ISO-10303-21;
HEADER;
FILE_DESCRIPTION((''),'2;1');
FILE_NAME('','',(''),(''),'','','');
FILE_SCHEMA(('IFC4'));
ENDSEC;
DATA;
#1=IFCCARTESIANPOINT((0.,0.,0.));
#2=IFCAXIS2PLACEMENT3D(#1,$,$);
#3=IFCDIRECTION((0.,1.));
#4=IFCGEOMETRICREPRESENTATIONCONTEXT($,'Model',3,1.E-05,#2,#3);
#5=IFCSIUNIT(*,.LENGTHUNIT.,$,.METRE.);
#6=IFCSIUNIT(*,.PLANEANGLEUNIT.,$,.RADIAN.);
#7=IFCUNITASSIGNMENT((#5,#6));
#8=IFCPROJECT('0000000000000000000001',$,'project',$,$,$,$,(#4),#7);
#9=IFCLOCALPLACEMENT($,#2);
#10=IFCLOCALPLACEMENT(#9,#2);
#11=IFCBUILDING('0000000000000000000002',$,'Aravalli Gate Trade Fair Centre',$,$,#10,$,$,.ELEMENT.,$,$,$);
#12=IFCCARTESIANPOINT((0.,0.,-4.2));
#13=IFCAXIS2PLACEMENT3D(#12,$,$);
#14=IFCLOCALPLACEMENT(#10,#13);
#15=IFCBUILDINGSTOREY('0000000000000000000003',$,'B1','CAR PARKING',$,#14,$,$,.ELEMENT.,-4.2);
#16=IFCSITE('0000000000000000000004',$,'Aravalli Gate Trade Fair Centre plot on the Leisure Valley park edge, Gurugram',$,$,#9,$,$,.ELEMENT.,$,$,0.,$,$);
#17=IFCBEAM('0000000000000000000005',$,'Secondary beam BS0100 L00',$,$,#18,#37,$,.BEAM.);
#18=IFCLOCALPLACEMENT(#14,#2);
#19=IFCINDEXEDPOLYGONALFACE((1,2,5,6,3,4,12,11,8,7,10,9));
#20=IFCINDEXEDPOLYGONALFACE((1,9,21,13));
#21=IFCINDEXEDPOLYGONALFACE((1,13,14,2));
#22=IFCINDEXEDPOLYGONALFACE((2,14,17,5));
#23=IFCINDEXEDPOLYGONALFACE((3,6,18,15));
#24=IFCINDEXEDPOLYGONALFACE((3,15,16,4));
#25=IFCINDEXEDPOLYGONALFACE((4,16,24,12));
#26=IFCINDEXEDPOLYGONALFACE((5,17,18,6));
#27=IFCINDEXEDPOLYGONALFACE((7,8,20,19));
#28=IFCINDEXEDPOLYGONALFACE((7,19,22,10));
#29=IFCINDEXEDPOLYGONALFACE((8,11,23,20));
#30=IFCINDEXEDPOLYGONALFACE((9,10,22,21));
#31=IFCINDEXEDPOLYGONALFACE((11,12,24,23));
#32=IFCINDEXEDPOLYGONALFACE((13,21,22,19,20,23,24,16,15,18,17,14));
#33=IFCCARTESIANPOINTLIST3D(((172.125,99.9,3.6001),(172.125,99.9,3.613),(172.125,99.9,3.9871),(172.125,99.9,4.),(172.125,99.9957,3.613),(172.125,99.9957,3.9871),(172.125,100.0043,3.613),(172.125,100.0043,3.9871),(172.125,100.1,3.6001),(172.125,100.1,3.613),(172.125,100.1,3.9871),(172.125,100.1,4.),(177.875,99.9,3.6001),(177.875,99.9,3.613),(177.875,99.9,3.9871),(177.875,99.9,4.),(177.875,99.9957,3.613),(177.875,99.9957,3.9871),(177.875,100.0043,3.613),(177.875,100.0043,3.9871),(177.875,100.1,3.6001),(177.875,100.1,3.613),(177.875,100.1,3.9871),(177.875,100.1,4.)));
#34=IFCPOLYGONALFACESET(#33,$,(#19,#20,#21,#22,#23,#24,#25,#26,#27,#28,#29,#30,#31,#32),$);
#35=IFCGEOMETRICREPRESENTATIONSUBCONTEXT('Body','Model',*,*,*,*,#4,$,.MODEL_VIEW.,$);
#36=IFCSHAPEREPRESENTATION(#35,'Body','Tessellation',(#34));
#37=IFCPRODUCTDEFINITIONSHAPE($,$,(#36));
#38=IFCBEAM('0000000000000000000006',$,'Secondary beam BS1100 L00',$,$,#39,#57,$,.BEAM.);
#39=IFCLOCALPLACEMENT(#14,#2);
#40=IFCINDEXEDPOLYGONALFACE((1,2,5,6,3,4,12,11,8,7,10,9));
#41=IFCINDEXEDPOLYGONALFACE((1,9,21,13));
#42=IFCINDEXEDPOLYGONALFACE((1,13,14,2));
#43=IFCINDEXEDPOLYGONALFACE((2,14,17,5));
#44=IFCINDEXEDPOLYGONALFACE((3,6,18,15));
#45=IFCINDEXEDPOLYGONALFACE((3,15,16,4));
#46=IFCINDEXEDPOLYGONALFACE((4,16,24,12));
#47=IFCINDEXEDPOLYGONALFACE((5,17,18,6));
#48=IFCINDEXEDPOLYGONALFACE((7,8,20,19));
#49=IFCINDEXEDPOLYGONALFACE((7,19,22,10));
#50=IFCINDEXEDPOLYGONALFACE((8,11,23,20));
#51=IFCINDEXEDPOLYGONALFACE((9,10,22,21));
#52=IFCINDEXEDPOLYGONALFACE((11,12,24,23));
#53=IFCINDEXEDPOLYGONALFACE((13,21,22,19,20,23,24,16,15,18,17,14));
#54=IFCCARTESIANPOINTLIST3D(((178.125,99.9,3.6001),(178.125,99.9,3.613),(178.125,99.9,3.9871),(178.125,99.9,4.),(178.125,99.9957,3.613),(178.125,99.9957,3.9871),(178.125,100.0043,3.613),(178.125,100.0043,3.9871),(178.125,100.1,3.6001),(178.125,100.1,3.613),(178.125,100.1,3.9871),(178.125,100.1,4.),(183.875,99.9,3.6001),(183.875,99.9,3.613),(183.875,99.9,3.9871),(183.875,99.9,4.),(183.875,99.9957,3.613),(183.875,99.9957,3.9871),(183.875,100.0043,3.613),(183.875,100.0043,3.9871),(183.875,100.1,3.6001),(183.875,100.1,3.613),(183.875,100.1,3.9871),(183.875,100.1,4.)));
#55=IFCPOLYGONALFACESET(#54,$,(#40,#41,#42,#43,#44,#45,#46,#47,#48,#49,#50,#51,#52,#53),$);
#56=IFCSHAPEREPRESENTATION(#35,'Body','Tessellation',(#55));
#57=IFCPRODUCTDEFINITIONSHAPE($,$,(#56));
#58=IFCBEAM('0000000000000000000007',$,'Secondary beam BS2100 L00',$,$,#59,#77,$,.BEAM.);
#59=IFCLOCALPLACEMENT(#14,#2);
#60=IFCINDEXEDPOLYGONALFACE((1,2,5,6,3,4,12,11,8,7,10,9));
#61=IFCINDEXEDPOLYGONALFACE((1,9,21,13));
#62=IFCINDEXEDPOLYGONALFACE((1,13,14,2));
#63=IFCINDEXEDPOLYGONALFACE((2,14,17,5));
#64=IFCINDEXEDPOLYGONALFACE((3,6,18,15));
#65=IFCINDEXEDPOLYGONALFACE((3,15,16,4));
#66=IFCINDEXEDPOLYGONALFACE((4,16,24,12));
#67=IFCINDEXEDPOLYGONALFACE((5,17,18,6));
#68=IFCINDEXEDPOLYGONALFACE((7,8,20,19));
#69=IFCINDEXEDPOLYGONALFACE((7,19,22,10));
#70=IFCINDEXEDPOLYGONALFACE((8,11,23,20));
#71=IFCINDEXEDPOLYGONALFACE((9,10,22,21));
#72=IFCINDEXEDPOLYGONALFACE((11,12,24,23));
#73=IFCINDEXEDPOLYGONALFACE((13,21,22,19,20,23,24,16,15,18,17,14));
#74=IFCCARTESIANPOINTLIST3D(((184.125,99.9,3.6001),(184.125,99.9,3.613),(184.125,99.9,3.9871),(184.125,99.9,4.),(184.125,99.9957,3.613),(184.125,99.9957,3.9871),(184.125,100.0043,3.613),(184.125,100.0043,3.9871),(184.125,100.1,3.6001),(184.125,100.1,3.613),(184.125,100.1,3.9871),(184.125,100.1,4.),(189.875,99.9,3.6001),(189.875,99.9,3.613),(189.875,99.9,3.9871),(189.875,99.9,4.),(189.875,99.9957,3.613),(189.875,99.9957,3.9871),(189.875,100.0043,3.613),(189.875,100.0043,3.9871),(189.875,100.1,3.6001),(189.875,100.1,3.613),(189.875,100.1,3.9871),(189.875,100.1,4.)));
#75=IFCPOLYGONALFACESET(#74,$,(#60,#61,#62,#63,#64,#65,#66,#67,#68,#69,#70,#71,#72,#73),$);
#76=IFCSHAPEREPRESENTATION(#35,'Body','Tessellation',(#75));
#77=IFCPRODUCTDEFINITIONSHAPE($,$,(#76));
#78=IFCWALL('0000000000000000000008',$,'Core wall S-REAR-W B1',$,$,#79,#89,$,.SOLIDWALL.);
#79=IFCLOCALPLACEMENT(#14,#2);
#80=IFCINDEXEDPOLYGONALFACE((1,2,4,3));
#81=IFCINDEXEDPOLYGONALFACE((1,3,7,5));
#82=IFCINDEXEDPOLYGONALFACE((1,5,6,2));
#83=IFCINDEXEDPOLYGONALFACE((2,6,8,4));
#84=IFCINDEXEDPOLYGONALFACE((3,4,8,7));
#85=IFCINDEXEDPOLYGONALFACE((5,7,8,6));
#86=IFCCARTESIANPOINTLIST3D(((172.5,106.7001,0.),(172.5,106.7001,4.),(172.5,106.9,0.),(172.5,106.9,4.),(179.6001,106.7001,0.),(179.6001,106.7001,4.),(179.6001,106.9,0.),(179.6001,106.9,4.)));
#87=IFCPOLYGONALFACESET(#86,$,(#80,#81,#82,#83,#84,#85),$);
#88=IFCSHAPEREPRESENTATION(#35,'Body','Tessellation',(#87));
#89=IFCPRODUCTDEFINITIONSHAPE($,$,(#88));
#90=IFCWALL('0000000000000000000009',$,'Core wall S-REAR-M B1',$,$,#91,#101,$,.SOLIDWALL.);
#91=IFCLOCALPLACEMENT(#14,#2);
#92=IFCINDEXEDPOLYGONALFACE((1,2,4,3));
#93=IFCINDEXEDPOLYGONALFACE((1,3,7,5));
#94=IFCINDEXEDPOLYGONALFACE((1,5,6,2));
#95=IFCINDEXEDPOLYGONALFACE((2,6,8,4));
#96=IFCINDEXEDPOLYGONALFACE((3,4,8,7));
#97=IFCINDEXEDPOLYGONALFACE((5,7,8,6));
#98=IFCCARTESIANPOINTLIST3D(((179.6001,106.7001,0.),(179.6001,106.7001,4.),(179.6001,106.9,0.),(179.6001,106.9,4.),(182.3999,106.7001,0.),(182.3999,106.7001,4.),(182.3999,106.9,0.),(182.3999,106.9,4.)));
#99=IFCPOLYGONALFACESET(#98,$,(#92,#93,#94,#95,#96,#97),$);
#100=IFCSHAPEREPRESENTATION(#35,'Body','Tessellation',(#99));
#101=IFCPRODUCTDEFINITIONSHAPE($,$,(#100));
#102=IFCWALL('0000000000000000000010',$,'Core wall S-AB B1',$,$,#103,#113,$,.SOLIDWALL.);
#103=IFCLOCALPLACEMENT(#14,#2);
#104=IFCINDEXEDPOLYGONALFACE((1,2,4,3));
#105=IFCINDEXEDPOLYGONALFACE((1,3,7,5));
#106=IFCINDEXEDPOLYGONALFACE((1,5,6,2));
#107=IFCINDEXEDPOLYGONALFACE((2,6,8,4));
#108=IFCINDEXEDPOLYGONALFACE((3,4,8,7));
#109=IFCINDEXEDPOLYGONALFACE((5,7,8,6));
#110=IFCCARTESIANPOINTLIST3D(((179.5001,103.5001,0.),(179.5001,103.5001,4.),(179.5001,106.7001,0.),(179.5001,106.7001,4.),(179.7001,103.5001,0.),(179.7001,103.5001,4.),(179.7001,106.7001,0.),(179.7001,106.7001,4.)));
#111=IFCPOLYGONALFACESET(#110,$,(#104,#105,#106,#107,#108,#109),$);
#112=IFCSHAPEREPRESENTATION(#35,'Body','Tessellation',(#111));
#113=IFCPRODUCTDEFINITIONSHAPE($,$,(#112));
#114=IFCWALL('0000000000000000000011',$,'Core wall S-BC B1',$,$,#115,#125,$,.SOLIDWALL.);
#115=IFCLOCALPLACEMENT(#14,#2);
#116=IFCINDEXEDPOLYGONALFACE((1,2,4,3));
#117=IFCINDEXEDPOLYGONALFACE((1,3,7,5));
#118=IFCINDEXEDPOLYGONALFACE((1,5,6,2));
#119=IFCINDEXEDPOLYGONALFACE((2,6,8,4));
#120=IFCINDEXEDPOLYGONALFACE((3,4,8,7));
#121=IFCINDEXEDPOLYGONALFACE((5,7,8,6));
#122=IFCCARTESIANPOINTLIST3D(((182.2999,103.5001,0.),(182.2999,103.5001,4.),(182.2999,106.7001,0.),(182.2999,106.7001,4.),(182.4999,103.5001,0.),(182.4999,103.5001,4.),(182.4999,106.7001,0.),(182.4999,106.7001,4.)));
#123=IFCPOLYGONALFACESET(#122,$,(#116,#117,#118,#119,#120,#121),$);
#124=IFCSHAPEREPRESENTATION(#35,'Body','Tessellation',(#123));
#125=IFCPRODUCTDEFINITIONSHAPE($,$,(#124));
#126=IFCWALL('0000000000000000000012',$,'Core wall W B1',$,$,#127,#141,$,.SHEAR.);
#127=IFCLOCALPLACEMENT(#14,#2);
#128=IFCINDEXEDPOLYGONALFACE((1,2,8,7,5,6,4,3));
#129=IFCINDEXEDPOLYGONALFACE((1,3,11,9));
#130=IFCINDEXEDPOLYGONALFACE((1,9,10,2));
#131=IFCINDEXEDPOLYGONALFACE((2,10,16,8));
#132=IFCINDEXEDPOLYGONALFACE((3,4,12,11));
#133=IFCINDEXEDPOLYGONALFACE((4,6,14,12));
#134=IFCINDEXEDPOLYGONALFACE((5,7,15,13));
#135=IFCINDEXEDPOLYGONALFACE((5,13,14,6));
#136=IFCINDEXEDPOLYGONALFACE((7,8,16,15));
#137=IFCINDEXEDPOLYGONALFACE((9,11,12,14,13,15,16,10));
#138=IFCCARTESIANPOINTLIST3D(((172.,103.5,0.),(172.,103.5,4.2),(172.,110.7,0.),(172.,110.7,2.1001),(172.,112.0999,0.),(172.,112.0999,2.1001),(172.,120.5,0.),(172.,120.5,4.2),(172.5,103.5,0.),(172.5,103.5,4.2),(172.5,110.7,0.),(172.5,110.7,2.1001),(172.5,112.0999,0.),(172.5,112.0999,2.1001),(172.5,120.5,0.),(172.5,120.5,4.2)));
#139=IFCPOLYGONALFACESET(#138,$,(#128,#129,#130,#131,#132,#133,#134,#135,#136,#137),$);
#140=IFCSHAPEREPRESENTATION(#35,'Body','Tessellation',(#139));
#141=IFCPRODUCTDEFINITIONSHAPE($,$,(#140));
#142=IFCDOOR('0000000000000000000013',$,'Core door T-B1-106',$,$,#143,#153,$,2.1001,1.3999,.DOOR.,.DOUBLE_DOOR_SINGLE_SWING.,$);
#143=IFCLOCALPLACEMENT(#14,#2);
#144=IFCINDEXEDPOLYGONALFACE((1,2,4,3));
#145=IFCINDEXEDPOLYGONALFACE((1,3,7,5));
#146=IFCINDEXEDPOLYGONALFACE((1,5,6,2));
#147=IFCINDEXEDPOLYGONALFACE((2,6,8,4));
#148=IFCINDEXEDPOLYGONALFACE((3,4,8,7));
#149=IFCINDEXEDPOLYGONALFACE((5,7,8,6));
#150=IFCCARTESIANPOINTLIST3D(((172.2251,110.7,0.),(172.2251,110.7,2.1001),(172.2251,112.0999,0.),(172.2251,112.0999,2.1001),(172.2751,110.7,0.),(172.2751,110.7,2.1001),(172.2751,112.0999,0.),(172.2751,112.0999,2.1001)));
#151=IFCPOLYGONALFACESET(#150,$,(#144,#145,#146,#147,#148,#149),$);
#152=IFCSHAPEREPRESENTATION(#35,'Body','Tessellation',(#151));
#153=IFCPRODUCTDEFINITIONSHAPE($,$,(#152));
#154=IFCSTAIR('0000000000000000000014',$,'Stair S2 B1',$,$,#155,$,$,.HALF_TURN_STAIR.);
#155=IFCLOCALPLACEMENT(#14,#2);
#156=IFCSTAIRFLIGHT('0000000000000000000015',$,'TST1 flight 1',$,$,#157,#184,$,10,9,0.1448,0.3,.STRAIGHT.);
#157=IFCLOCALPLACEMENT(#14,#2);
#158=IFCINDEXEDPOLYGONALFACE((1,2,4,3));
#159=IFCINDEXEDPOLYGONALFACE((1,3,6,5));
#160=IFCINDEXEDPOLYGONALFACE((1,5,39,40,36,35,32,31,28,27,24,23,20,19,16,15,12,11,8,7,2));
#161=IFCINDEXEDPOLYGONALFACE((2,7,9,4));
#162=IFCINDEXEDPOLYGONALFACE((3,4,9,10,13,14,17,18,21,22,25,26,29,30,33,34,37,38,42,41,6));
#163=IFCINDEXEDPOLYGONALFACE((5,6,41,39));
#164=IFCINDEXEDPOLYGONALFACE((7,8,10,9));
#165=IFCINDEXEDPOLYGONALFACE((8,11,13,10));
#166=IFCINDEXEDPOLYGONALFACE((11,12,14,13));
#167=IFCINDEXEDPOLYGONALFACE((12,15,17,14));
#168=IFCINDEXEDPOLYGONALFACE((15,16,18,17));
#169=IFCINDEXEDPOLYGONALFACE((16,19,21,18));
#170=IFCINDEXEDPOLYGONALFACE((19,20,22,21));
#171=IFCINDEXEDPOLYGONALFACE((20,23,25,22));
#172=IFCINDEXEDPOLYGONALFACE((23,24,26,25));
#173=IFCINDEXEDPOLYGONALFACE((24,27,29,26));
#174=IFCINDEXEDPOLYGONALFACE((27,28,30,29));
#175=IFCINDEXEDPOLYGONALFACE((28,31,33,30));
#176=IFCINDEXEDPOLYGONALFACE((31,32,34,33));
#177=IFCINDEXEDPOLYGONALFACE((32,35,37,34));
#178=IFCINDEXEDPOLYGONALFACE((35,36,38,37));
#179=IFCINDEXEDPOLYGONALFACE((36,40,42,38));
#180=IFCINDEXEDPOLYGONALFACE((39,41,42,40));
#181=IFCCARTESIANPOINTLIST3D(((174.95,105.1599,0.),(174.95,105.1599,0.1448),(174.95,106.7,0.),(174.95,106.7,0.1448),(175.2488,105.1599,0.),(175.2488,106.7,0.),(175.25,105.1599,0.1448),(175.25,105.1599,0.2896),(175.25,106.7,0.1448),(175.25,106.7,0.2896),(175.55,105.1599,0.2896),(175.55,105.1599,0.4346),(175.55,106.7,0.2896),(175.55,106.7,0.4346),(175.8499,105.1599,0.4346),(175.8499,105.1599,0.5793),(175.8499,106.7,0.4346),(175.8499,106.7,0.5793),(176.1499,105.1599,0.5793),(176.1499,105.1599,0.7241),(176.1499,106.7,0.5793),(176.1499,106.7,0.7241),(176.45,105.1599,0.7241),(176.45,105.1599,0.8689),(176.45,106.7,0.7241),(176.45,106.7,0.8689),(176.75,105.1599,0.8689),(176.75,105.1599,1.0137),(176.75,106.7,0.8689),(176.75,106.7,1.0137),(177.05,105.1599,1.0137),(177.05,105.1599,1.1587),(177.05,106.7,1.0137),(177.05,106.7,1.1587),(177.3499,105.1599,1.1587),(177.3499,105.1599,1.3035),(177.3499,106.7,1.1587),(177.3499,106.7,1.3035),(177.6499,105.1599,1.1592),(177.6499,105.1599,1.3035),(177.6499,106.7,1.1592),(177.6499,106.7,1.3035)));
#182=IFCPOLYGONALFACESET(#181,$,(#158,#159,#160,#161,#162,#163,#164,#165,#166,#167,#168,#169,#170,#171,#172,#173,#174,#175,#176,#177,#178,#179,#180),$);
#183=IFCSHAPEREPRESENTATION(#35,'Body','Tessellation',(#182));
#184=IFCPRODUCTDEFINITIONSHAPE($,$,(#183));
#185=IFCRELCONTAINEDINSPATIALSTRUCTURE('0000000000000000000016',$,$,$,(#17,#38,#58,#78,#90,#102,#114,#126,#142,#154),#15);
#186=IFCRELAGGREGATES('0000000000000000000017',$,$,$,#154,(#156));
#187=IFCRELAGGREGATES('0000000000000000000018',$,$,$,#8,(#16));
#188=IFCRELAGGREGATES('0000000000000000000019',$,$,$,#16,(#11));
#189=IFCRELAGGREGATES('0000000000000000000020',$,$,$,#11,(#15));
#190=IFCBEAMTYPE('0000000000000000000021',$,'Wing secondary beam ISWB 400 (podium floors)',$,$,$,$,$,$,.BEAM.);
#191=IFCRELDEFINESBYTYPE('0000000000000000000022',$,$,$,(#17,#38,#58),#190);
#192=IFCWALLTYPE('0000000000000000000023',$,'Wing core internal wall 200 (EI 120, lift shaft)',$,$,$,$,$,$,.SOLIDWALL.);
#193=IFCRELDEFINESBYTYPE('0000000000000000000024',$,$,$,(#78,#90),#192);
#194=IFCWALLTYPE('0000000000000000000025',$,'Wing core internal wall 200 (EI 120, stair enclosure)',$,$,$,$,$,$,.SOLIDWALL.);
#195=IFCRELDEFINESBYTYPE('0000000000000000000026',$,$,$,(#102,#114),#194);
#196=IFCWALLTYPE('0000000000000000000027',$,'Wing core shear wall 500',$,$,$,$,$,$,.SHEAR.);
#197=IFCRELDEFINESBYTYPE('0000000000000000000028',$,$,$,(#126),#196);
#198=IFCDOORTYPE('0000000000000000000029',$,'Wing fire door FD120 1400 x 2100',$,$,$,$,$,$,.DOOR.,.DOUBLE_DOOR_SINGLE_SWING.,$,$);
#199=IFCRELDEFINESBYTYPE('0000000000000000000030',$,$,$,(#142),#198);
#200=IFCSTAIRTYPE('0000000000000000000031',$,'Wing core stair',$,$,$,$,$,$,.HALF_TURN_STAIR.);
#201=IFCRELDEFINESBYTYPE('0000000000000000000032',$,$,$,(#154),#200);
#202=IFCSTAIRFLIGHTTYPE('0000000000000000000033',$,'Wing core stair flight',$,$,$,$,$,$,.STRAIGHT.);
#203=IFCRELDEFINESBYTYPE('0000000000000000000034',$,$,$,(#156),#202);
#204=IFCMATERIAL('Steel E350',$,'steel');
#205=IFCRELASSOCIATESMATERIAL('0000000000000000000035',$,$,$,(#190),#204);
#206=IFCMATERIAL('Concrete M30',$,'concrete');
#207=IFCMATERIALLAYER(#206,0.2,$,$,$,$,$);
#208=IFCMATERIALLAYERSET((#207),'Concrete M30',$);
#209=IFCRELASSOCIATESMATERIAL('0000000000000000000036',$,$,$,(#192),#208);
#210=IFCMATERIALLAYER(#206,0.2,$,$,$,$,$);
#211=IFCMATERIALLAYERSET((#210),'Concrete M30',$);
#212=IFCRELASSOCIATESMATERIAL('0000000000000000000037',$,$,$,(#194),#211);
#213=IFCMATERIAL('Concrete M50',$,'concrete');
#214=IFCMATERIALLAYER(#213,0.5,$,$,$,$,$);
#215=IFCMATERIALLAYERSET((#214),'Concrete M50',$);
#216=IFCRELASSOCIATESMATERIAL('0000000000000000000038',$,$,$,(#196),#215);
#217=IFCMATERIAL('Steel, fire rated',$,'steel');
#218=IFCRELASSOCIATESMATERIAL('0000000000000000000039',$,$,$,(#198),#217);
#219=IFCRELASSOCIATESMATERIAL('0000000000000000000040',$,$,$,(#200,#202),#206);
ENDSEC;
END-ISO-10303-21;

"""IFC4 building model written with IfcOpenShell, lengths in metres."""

from ifc_helpers import new_model, si_unit, direction, frame, frame_2d, origin, origin_2d, place, context, subcontext, project, spatial, polyline, rectangle, i_section, outline, extrude, material, layer, layer_set, material_profile, profile_set, type_object, element, fill, aggregate, save


model = new_model("IFC4")

# Units and contexts
model_context = context("Model", 3, precision=1e-05, world=origin(), true_north=direction((0.0, 1.0)))
body_context = subcontext(model_context, "Body", "Model", "MODEL_VIEW")
ifc_project = project(units=[si_unit("LENGTHUNIT", "METRE"), si_unit("PLANEANGLEUNIT", "RADIAN")], contexts=[model_context])

# Site, building, storey
site_placement = place(None, origin())
site = spatial("IfcSite", under=ifc_project, at=site_placement, Name="Aravalli Gate Trade Fair Centre plot on the Leisure Valley park edge, Gurugram", CompositionType="ELEMENT", RefElevation=0.0)
building_placement = place(site_placement, origin())
building = spatial("IfcBuilding", under=site, at=building_placement, Name="Aravalli Gate Trade Fair Centre", CompositionType="ELEMENT")
storey_placement = place(building_placement, frame((0.0, 0.0, -4.2)))
storey = spatial("IfcBuildingStorey", under=building, at=storey_placement, Name="B1", Description="CAR PARKING", CompositionType="ELEMENT", Elevation=-4.2)

# Beams
ifc_material_1 = material(Name="Steel E350", Category="steel")
ifc_material_profile = material_profile(ifc_material_1, i_section(OverallWidth=0.2, OverallDepth=0.3999, WebThickness=0.0085, FlangeThickness=0.0129, at=origin_2d()), Name="ISWB 400")
ifc_profile_set = profile_set([ifc_material_profile], Name="Steel E350")
beam_type = type_object("IfcBeamType", Name="Wing secondary beam ISWB 400 (podium floors)", PredefinedType="BEAM", material=ifc_profile_set)
for number, where, z_axis, x_axis, name in (
    (1, (172.125, 100.0, 3.8), (1.0, 0.0, 0.0), (0.0, 1.0, 0.0), "Secondary beam BS0100 L00"),
    (2, (178.125, 100.0, 3.8), (1.0, 0.0, 0.0), (0.0, 1.0, 0.0), "Secondary beam BS1100 L00"),
    (3, (184.125, 100.0, 3.8), (1.0, 0.0, 0.0), (0.0, 1.0, 0.0), "Secondary beam BS2100 L00"),
):
    element("IfcBeam", number, at=place(storey_placement, frame(where, z_axis=z_axis, x_axis=x_axis)), inside=storey, type_object=beam_type, Name=name, PredefinedType="BEAM", context=body_context, shape_type="SweptSolid", body=[
        extrude(i_section(OverallWidth=0.2, OverallDepth=0.3999, WebThickness=0.0085, FlangeThickness=0.0129, at=origin_2d()), origin(), (0.0, 0.0, 1.0), 5.75),
    ])

# Walls
ifc_material_2 = material(Name="Concrete M30", Category="concrete")
ifc_layer_1 = layer(ifc_material_2, 0.2)
ifc_layer_set_1 = layer_set([ifc_layer_1], Name="Concrete M30")
wall_type_1 = type_object("IfcWallType", Name="Wing core internal wall 200 (EI 120, lift shaft)", PredefinedType="SOLIDWALL", material=ifc_layer_set_1)
wall_1_placement = place(storey_placement, frame((172.5, 106.8, 0.0), z_axis=(0.0, 0.0, 1.0), x_axis=(1.0, 0.0, 0.0)))
element("IfcWall", 4, at=wall_1_placement, inside=storey, type_object=wall_type_1, Name="Core wall S-REAR-W B1", PredefinedType="SOLIDWALL", context=body_context, shape_type="SweptSolid", body=[
    extrude(rectangle(XDim=7.1001, YDim=0.2, at=frame_2d((3.55, 0.0))), origin(), (0.0, 0.0, 1.0), 4.0),
])
wall_2_placement = place(storey_placement, frame((179.6001, 106.8, 0.0), z_axis=(0.0, 0.0, 1.0), x_axis=(1.0, 0.0, 0.0)))
element("IfcWall", 5, at=wall_2_placement, inside=storey, type_object=wall_type_1, Name="Core wall S-REAR-M B1", PredefinedType="SOLIDWALL", context=body_context, shape_type="SweptSolid", body=[
    extrude(rectangle(XDim=2.7998, YDim=0.2, at=frame_2d((1.3999, 0.0))), origin(), (0.0, 0.0, 1.0), 4.0),
])
ifc_layer_2 = layer(ifc_material_2, 0.2)
ifc_layer_set_2 = layer_set([ifc_layer_2], Name="Concrete M30")
wall_type_2 = type_object("IfcWallType", Name="Wing core internal wall 200 (EI 120, stair enclosure)", PredefinedType="SOLIDWALL", material=ifc_layer_set_2)
for number, where, z_axis, x_axis, name in (
    (6, (179.6001, 103.5, 0.0), (0.0, 0.0, 1.0), (0.0, 1.0, 0.0), "Core wall S-AB B1"),
    (7, (182.3999, 103.5, 0.0), (0.0, 0.0, 1.0), (0.0, 1.0, 0.0), "Core wall S-BC B1"),
):
    element("IfcWall", number, at=place(storey_placement, frame(where, z_axis=z_axis, x_axis=x_axis)), inside=storey, type_object=wall_type_2, Name=name, PredefinedType="SOLIDWALL", context=body_context, shape_type="SweptSolid", body=[
        extrude(rectangle(XDim=3.2, YDim=0.2, at=frame_2d((1.6001, 0.0))), origin(), (0.0, 0.0, 1.0), 4.0),
    ])

# Wall, opening, door
ifc_material_3 = material(Name="Concrete M50", Category="concrete")
ifc_layer_3 = layer(ifc_material_3, 0.5)
ifc_layer_set_3 = layer_set([ifc_layer_3], Name="Concrete M50")
wall_type_3 = type_object("IfcWallType", Name="Wing core shear wall 500", PredefinedType="SHEAR", material=ifc_layer_set_3)
wall_3_placement = place(storey_placement, frame((172.25, 103.5, 0.0), z_axis=(0.0, 0.0, 1.0), x_axis=(0.0, 1.0, 0.0)))
wall_3 = element("IfcWall", 8, at=wall_3_placement, inside=storey, type_object=wall_type_3, Name="Core wall W B1", PredefinedType="SHEAR", context=body_context, shape_type="SweptSolid", body=[
    extrude(rectangle(XDim=17.0, YDim=0.5, at=frame_2d((8.5, 0.0))), origin(), (0.0, 0.0, 1.0), 4.2),
])
opening_placement = place(wall_3_placement, frame((7.2, 0.0, 0.0)))
opening = element("IfcOpeningElement", 9, at=opening_placement, cuts=wall_3, PredefinedType="OPENING", context=body_context, shape_type="SweptSolid", body=[
    extrude(rectangle(XDim=1.3999, YDim=2.1001, at=frame_2d((0.7, 1.05))), frame((0.0, 0.26, 0.0), z_axis=(0.0, -1.0, 0.0), x_axis=(1.0, 0.0, 0.0)), (0.0, 0.0, 1.0), 0.52),
])
ifc_material_4 = material(Name="Steel, fire rated", Category="steel")
door_type = type_object("IfcDoorType", Name="Wing fire door FD120 1400 x 2100", OperationType="DOUBLE_DOOR_SINGLE_SWING", PredefinedType="DOOR", material=ifc_material_4)
door_placement = place(opening_placement, origin())
door = element("IfcDoor", 10, at=door_placement, inside=storey, type_object=door_type, Name="Core door T-B1-106", OperationType="DOUBLE_DOOR_SINGLE_SWING", OverallHeight=2.1001, OverallWidth=1.3999, PredefinedType="DOOR", context=body_context, shape_type="SweptSolid", body=[
    extrude(rectangle(XDim=1.3999, YDim=2.1001, at=frame_2d((0.7, 1.05))), frame((0.0, 0.0249, 0.0), z_axis=(0.0, -1.0, 0.0), x_axis=(1.0, 0.0, 0.0)), (0.0, 0.0, 1.0), 0.05),
])
fill(opening, door)

# Stair, stair flight
stair_type = type_object("IfcStairType", Name="Wing core stair", PredefinedType="HALF_TURN_STAIR", material=ifc_material_2)
stair_placement = place(storey_placement, origin())
stair = element("IfcStair", 11, at=stair_placement, inside=storey, type_object=stair_type, Name="Stair S2 B1", PredefinedType="HALF_TURN_STAIR")
stair_flight_type = type_object("IfcStairFlightType", Name="Wing core stair flight", PredefinedType="STRAIGHT", material=ifc_material_2)
stair_flight_1_placement = place(storey_placement, frame((174.95, 105.9299, 0.0), z_axis=(0.0, 0.0, 1.0), x_axis=(1.0, 0.0, 0.0)))
stair_flight_1 = element("IfcStairFlight", 12, at=stair_flight_1_placement, type_object=stair_flight_type, Name="TST1 flight 1", NumberOfRisers=10, NumberOfTreads=9, PredefinedType="STRAIGHT", RiserHeight=0.1448, TreadLength=0.3, context=body_context, shape_type="SweptSolid", body=[
    extrude(outline(polyline([(0.0, 0.0), (0.0, 0.1448), (0.3, 0.1448), (0.3, 0.2896), (0.6001, 0.2896), (0.6001, 0.4346), (0.8999, 0.4346), (0.8999, 0.5793), (1.2, 0.5793), (1.2, 0.7241), (1.5, 0.7241), (1.5, 0.8689), (1.8, 0.8689), (1.8, 1.0137), (2.1001, 1.0137), (2.1001, 1.1587), (2.3999, 1.1587), (2.3999, 1.3035), (2.7, 1.3035), (2.7, 1.4482), (2.7, 1.1592), (0.2988, 0.0), (0.0, 0.0)])), frame((0.0, 0.77, 0.0), z_axis=(0.0, -1.0, 0.0), x_axis=(1.0, 0.0, 0.0)), (0.0, 0.0, 1.0), 1.54),
])
aggregate(stair, [stair_flight_1])

save(model, "model.ifc")
